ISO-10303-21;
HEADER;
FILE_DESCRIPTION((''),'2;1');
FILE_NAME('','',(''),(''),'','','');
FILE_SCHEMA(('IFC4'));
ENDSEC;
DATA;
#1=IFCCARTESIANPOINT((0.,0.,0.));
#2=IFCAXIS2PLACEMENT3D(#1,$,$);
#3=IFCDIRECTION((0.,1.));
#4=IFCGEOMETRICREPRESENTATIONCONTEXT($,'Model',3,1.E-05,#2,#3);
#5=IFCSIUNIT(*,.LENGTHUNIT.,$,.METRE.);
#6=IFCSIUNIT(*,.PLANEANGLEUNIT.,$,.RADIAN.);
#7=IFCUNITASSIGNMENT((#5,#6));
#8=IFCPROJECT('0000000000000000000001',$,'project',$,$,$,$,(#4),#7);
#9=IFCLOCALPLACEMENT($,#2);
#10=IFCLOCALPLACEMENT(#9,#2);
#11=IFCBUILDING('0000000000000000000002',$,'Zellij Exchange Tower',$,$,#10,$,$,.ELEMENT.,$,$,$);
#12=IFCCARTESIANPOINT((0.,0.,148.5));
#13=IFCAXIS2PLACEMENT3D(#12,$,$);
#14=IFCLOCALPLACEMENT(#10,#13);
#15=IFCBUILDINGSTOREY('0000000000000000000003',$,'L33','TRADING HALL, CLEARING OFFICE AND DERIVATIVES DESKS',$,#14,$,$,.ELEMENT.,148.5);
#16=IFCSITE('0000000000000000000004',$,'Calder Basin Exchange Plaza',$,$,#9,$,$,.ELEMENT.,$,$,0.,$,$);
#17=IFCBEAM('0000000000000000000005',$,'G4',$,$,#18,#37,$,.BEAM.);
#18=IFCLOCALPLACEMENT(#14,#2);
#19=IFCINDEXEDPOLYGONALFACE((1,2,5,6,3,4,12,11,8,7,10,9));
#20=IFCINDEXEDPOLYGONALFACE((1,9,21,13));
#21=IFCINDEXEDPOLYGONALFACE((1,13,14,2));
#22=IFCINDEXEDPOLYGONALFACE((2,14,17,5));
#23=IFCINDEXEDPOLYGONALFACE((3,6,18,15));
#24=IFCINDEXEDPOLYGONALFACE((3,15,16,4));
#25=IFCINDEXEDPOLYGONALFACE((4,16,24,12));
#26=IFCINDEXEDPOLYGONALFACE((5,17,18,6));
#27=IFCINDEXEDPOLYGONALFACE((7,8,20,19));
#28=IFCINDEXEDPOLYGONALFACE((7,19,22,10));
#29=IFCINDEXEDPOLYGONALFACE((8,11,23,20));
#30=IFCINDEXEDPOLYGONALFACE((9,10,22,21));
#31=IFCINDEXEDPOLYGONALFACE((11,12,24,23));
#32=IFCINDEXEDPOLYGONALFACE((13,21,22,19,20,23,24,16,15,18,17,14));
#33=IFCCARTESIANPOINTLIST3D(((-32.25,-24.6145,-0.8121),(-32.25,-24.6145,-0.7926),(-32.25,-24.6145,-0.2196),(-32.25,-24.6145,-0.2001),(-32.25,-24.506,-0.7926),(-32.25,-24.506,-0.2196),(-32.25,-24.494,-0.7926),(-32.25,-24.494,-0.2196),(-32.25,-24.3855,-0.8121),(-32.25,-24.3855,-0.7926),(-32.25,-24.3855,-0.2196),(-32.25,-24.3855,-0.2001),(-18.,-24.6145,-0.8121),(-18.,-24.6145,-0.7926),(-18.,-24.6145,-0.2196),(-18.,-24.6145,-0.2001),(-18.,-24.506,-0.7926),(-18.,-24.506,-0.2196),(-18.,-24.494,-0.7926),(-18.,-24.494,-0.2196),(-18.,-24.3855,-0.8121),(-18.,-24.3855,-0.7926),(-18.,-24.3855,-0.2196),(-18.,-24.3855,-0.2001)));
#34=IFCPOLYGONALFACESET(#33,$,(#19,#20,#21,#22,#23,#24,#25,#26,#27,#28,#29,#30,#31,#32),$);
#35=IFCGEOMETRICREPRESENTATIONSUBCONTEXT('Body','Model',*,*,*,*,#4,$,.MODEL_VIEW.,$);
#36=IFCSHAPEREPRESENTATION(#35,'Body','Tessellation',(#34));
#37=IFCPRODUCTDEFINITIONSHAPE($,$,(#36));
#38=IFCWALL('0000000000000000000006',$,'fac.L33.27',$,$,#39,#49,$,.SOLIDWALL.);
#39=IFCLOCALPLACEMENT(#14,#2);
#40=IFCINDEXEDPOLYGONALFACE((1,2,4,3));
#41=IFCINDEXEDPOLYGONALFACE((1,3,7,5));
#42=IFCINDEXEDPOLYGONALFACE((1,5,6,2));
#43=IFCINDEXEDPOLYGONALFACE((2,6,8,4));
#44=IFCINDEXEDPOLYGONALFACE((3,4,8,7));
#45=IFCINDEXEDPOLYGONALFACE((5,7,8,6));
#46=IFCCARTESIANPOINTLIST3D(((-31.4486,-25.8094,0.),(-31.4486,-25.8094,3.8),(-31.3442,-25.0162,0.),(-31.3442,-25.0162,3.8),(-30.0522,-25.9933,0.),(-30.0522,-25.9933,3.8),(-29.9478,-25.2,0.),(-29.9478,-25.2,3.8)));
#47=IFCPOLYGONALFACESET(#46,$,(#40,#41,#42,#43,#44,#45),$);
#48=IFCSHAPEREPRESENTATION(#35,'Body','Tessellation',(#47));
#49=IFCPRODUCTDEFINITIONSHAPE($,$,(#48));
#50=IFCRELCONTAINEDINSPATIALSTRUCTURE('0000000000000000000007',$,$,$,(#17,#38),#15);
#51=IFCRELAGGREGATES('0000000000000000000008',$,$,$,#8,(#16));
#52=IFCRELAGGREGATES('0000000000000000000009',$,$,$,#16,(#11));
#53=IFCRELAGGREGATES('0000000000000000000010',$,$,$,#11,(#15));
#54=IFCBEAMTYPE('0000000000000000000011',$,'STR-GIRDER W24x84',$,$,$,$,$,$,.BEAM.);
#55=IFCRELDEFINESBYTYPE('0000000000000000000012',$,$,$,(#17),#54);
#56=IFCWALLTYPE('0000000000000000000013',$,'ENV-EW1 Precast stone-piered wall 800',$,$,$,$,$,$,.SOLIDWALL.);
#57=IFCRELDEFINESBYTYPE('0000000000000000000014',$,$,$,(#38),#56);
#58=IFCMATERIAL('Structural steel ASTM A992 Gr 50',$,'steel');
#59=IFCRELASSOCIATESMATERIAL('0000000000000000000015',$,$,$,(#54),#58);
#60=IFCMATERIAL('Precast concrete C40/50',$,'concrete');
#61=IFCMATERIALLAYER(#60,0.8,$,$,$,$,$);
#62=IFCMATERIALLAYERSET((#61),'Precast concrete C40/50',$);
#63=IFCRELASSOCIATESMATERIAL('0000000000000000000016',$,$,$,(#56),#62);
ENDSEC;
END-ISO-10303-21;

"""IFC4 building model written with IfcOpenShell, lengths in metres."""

from ifc_helpers import new_model, si_unit, direction, frame, frame_2d, origin, origin_2d, place, context, subcontext, project, spatial, rectangle, i_section, extrude, material, layer, layer_set, material_profile, profile_set, type_object, element, save


model = new_model("IFC4")

# Units and contexts
model_context = context("Model", 3, precision=1e-05, world=origin(), true_north=direction((0.0, 1.0)))
body_context = subcontext(model_context, "Body", "Model", "MODEL_VIEW")
ifc_project = project(units=[si_unit("LENGTHUNIT", "METRE"), si_unit("PLANEANGLEUNIT", "RADIAN")], contexts=[model_context])

# Site, building, storey
site_placement = place(None, origin())
site = spatial("IfcSite", under=ifc_project, at=site_placement, Name="Calder Basin Exchange Plaza", CompositionType="ELEMENT", RefElevation=0.0)
building_placement = place(site_placement, origin())
building = spatial("IfcBuilding", under=site, at=building_placement, Name="Zellij Exchange Tower", CompositionType="ELEMENT")
storey_placement = place(building_placement, frame((0.0, 0.0, 148.5)))
storey = spatial("IfcBuildingStorey", under=building, at=storey_placement, Name="L33", Description="TRADING HALL, CLEARING OFFICE AND DERIVATIVES DESKS", CompositionType="ELEMENT", Elevation=148.5)

# Beam
ifc_material_1 = material(Name="Structural steel ASTM A992 Gr 50", Category="steel")
ifc_material_profile = material_profile(ifc_material_1, i_section(OverallWidth=0.229, OverallDepth=0.6121, WebThickness=0.012, FlangeThickness=0.0195, at=origin_2d()), Name="W24x84")
ifc_profile_set = profile_set([ifc_material_profile], Name="Structural steel ASTM A992 Gr 50")
beam_type = type_object("IfcBeamType", Name="STR-GIRDER W24x84", PredefinedType="BEAM", material=ifc_profile_set)
beam_placement = place(storey_placement, frame((-32.25, -24.5, -0.5061), z_axis=(1.0, 0.0, 0.0), x_axis=(0.0, 1.0, 0.0)))
element("IfcBeam", 1, at=beam_placement, inside=storey, type_object=beam_type, Name="G4", PredefinedType="BEAM", context=body_context, shape_type="SweptSolid", body=[
    extrude(i_section(OverallWidth=0.229, OverallDepth=0.6121, WebThickness=0.012, FlangeThickness=0.0195, at=origin_2d()), origin(), (0.0, 0.0, 1.0), 14.25),
])

# Wall
ifc_material_2 = material(Name="Precast concrete C40/50", Category="concrete")
ifc_layer = layer(ifc_material_2, 0.8)
ifc_layer_set = layer_set([ifc_layer], Name="Precast concrete C40/50")
wall_type = type_object("IfcWallType", Name="ENV-EW1 Precast stone-piered wall 800", PredefinedType="SOLIDWALL", material=ifc_layer_set)
wall_placement = place(storey_placement, frame((-31.3962, -25.4128, 0.0), z_axis=(0.0, 0.0, 1.0), x_axis=(0.991446, -0.130517, 0.0)))
element("IfcWall", 2, at=wall_placement, inside=storey, type_object=wall_type, Name="fac.L33.27", PredefinedType="SOLIDWALL", context=body_context, shape_type="SweptSolid", body=[
    extrude(rectangle(XDim=1.4084, YDim=0.8, at=frame_2d((0.7041, 0.0))), origin(), (0.0, 0.0, 1.0), 3.8),
])

save(model, "model.ifc")
